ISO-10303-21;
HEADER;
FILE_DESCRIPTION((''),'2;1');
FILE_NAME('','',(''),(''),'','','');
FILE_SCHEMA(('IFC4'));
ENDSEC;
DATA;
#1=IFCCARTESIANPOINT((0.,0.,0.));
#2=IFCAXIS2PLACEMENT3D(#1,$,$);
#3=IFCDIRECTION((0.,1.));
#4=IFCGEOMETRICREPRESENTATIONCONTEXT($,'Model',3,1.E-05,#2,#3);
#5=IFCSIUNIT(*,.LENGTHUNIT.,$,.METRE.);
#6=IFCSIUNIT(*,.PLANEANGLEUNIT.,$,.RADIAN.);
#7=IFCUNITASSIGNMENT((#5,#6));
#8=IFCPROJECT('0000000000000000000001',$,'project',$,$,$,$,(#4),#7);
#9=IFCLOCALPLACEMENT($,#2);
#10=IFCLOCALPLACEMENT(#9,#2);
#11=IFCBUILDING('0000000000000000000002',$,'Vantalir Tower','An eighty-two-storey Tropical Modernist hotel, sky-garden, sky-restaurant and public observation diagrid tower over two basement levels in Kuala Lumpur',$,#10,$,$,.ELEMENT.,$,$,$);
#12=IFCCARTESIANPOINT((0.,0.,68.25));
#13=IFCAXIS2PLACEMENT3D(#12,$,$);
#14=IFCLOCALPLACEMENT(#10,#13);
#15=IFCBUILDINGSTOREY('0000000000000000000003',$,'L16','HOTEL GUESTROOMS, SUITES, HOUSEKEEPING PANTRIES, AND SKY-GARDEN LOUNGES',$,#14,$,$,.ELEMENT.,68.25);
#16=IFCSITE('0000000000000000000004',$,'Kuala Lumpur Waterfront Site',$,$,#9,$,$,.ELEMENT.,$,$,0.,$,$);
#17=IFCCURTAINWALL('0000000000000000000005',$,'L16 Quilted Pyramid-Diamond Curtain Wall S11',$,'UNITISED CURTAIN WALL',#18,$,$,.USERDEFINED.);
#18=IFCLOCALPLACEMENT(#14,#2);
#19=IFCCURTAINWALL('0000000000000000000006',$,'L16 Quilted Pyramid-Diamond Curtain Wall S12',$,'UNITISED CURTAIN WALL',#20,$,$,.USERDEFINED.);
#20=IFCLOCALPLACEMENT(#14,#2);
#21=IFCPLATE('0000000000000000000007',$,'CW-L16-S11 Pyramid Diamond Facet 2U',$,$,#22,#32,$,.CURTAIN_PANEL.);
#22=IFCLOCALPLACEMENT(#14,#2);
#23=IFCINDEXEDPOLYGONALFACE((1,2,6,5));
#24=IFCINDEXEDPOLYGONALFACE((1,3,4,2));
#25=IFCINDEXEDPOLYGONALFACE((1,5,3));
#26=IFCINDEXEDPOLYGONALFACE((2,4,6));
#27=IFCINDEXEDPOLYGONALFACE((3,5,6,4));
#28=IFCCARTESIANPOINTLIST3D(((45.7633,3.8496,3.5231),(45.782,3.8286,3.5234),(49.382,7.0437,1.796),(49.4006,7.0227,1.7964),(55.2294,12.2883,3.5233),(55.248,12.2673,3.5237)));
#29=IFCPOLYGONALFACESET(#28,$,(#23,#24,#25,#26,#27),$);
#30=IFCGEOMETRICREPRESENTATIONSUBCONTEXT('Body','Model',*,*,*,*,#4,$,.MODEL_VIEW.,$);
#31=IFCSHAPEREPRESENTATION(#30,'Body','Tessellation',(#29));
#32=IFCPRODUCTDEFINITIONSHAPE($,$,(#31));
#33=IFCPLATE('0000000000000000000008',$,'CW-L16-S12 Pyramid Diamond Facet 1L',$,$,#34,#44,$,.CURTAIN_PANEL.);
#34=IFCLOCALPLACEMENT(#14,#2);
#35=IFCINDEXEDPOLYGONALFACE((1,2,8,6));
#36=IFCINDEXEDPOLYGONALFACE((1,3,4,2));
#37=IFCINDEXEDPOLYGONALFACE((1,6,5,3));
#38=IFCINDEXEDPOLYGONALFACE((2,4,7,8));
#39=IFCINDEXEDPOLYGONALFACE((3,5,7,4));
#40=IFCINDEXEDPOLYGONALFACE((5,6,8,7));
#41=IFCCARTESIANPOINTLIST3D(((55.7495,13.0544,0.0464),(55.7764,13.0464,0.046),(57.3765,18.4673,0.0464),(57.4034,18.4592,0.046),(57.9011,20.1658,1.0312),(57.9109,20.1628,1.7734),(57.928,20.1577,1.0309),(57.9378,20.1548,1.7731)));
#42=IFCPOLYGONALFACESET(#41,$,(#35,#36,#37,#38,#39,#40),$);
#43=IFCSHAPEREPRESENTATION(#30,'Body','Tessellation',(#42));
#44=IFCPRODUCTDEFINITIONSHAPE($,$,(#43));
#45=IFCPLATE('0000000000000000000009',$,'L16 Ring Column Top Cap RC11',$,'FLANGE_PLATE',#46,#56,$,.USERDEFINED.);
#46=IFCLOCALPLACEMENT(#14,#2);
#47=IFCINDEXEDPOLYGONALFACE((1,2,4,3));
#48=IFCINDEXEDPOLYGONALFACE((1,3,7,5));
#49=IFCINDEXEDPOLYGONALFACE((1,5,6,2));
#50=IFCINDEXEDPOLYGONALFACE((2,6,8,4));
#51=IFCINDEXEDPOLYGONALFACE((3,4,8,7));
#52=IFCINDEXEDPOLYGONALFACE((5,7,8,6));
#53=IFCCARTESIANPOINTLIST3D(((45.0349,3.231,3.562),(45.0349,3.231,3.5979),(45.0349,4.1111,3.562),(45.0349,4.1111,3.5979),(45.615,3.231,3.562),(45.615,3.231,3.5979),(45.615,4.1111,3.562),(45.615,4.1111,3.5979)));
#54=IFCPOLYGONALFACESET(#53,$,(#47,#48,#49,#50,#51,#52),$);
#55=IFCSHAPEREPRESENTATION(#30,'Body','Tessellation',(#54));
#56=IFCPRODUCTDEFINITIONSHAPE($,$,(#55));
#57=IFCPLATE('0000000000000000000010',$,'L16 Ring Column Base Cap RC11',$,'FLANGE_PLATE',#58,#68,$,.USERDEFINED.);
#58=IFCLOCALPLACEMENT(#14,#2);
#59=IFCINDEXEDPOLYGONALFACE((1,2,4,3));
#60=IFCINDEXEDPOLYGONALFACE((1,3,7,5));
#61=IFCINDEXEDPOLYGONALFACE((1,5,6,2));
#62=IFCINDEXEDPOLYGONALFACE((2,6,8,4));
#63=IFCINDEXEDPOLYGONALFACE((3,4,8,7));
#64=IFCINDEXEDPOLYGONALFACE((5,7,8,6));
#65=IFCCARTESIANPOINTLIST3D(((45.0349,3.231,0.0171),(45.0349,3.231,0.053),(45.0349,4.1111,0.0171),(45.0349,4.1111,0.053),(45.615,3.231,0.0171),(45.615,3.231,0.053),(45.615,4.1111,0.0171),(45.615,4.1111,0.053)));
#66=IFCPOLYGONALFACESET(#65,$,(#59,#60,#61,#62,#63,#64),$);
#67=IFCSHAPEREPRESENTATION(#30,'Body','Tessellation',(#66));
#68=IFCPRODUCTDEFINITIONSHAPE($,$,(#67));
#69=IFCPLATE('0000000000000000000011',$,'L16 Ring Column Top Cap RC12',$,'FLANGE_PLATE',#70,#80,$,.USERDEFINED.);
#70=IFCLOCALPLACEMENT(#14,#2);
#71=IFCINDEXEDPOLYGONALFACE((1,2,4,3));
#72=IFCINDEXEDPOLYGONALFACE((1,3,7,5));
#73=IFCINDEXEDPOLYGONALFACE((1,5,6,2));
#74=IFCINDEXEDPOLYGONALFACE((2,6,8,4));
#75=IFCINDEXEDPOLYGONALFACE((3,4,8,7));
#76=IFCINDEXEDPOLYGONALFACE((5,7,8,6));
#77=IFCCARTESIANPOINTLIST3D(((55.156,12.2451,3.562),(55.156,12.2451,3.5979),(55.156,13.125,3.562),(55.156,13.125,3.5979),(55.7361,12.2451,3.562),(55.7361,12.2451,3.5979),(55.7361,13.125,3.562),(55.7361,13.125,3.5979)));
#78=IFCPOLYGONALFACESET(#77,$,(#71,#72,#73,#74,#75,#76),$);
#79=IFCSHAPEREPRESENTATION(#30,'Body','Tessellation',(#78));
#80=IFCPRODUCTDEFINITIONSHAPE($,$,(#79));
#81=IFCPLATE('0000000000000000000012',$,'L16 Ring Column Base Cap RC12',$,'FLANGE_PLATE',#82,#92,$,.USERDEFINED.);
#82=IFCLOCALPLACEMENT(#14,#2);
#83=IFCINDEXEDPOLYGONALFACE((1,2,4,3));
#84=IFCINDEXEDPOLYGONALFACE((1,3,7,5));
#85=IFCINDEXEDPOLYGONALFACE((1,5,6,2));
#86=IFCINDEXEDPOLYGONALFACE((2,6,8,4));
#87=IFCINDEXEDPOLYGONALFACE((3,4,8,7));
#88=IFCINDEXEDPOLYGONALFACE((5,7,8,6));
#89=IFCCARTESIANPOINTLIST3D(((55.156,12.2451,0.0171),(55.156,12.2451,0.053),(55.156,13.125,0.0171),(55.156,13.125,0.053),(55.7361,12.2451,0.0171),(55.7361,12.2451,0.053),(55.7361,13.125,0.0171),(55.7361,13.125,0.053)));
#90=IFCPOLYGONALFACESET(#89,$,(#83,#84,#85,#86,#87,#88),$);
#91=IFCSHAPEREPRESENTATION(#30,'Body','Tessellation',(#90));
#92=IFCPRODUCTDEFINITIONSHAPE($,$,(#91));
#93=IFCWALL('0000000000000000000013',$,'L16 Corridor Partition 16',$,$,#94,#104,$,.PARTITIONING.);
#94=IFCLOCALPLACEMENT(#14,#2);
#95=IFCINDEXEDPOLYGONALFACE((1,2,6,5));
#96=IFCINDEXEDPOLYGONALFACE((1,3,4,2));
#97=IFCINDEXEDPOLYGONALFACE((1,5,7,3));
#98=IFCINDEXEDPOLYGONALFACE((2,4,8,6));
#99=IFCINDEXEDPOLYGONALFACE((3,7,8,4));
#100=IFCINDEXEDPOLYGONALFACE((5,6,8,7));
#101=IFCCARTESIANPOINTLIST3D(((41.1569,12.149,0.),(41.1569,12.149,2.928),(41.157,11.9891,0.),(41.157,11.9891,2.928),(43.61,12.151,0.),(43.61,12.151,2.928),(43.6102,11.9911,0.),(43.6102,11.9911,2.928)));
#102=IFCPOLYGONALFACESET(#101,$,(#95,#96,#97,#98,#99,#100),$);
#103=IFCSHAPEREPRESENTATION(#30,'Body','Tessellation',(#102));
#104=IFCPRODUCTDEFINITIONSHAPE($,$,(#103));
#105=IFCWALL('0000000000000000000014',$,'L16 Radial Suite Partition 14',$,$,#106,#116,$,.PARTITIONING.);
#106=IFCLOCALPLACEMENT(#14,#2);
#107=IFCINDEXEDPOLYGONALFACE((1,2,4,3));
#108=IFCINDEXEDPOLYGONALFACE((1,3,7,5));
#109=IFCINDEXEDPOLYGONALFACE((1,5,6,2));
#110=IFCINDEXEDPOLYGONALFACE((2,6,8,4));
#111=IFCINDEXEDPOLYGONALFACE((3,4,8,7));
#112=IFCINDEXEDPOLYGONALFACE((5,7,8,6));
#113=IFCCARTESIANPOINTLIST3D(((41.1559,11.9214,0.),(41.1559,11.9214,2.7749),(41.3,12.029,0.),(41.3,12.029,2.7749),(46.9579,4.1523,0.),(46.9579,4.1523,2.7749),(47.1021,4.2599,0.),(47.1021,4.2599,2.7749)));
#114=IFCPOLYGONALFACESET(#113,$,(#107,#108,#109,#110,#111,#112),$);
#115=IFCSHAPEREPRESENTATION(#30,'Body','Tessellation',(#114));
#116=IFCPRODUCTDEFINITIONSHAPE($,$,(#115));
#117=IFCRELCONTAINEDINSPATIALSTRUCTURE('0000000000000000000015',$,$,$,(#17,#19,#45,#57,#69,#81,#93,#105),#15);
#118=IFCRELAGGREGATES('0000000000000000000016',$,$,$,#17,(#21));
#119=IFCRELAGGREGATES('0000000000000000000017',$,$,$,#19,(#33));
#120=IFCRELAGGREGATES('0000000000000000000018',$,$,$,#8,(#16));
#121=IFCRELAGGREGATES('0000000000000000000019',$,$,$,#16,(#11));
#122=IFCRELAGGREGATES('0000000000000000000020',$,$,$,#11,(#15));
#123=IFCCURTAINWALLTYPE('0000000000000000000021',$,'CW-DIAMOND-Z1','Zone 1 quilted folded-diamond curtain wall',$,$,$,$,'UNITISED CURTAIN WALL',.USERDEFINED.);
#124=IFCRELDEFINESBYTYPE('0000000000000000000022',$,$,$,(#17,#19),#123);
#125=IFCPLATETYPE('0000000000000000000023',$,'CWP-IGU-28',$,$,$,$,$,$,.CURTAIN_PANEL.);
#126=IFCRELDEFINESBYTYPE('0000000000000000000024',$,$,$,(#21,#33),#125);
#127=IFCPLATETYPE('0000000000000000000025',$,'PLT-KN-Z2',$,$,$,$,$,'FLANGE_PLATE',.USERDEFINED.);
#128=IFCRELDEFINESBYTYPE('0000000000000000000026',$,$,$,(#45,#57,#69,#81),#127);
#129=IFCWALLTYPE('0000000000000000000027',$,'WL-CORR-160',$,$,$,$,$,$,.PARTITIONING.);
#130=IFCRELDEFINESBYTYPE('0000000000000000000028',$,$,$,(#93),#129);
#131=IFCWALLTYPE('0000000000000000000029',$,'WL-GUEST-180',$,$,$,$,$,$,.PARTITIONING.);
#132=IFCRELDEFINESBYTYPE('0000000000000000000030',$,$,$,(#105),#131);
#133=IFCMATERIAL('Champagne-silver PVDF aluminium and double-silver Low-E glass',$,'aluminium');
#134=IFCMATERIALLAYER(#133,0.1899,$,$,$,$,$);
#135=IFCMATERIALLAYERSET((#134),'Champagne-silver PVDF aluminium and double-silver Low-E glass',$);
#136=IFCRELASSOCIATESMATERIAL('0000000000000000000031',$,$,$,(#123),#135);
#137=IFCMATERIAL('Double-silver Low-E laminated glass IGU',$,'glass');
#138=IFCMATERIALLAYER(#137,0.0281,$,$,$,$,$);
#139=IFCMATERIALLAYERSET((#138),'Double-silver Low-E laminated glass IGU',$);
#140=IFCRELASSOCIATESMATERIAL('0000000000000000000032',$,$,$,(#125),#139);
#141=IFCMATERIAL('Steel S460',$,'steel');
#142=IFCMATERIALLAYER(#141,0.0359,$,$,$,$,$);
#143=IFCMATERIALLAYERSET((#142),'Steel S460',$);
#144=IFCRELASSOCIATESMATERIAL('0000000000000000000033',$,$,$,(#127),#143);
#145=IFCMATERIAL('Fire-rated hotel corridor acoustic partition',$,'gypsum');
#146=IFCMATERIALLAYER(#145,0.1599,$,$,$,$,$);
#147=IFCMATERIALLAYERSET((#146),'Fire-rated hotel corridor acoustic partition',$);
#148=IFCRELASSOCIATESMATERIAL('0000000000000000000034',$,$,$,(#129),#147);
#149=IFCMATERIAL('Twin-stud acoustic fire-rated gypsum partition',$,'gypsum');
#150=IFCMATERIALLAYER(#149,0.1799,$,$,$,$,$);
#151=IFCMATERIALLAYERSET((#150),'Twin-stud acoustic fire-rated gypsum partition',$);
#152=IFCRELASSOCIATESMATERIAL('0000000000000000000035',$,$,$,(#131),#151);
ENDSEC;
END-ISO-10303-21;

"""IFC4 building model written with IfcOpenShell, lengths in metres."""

from ifc_helpers import new_model, si_unit, direction, frame, frame_2d, origin, place, context, subcontext, project, spatial, polyline, rectangle, outline, extrude, material, layer, layer_set, type_object, element, aggregate, save


model = new_model("IFC4")

# Units and contexts
model_context = context("Model", 3, precision=1e-05, world=origin(), true_north=direction((0.0, 1.0)))
body_context = subcontext(model_context, "Body", "Model", "MODEL_VIEW")
ifc_project = project(units=[si_unit("LENGTHUNIT", "METRE"), si_unit("PLANEANGLEUNIT", "RADIAN")], contexts=[model_context])

# Site, building, storey
site_placement = place(None, origin())
site = spatial("IfcSite", under=ifc_project, at=site_placement, Name="Kuala Lumpur Waterfront Site", CompositionType="ELEMENT", RefElevation=0.0)
building_placement = place(site_placement, origin())
building = spatial("IfcBuilding", under=site, at=building_placement, Name="Vantalir Tower", Description="An eighty-two-storey Tropical Modernist hotel, sky-garden, sky-restaurant and public observation diagrid tower over two basement levels in Kuala Lumpur", CompositionType="ELEMENT")
storey_placement = place(building_placement, frame((0.0, 0.0, 68.25)))
storey = spatial("IfcBuildingStorey", under=building, at=storey_placement, Name="L16", Description="HOTEL GUESTROOMS, SUITES, HOUSEKEEPING PANTRIES, AND SKY-GARDEN LOUNGES", CompositionType="ELEMENT", Elevation=68.25)

# Shared definitions
ifc_material_1 = material(Name="Steel S460", Category="steel")

# Shared definitions
ifc_material_2 = material(Name="Champagne-silver PVDF aluminium and double-silver Low-E glass", Category="aluminium")
ifc_layer_1 = layer(ifc_material_2, 0.1899)
ifc_layer_set_1 = layer_set([ifc_layer_1], Name="Champagne-silver PVDF aluminium and double-silver Low-E glass")
curtain_wall_type = type_object("IfcCurtainWallType", Name="CW-DIAMOND-Z1", Description="Zone 1 quilted folded-diamond curtain wall", ElementType="UNITISED CURTAIN WALL", PredefinedType="USERDEFINED", material=ifc_layer_set_1)

# Curtain wall
curtain_wall_1_placement = place(storey_placement, origin())
curtain_wall_1 = element("IfcCurtainWall", 1, at=curtain_wall_1_placement, inside=storey, type_object=curtain_wall_type, Name="L16 Quilted Pyramid-Diamond Curtain Wall S11", ObjectType="UNITISED CURTAIN WALL", PredefinedType="USERDEFINED")

# Curtain wall
curtain_wall_2_placement = place(storey_placement, origin())
curtain_wall_2 = element("IfcCurtainWall", 2, at=curtain_wall_2_placement, inside=storey, type_object=curtain_wall_type, Name="L16 Quilted Pyramid-Diamond Curtain Wall S12", ObjectType="UNITISED CURTAIN WALL", PredefinedType="USERDEFINED")

# Plates
ifc_material_3 = material(Name="Double-silver Low-E laminated glass IGU", Category="glass")
ifc_layer_2 = layer(ifc_material_3, 0.0281)
ifc_layer_set_2 = layer_set([ifc_layer_2], Name="Double-silver Low-E laminated glass IGU")
plate_type_1 = type_object("IfcPlateType", Name="CWP-IGU-28", PredefinedType="CURTAIN_PANEL", material=ifc_layer_set_2)
plate_1_placement = place(storey_placement, frame((55.248, 12.2673, 3.5237), z_axis=(0.665377, -0.746381, 0.013756), x_axis=(-0.746452, -0.66544, -0.000019)))
plate_1 = element("IfcPlate", 3, at=plate_1_placement, type_object=plate_type_1, Name="CW-L16-S11 Pyramid Diamond Facet 2U", PredefinedType="CURTAIN_PANEL", context=body_context, shape_type="SweptSolid", body=[
    extrude(outline(polyline([(0.0, 0.0), (12.6814, 0.0), (7.8548, 1.7273), (0.0, 0.0)])), origin(), (0.0, 0.0, -1.0), 0.0281),
])
aggregate(curtain_wall_1, [plate_1])
plate_2_placement = place(storey_placement, frame((55.7495, 13.0544, 0.0464), z_axis=(-0.957585, 0.287825, 0.013742), x_axis=(0.287852, 0.957675, 0.0)))
plate_2 = element("IfcPlate", 4, at=plate_2_placement, type_object=plate_type_1, Name="CW-L16-S12 Pyramid Diamond Facet 1L", PredefinedType="CURTAIN_PANEL", context=body_context, shape_type="SweptSolid", body=[
    extrude(outline(polyline([(0.0, 0.0), (5.6521, 0.0), (7.4297, -0.985), (7.4297, -1.7272), (0.0, 0.0)])), origin(), (0.0, 0.0, -1.0), 0.0281),
])
aggregate(curtain_wall_2, [plate_2])

# Plates
ifc_layer_3 = layer(ifc_material_1, 0.0359)
ifc_layer_set_3 = layer_set([ifc_layer_3], Name="Steel S460")
plate_type_2 = type_object("IfcPlateType", Name="PLT-KN-Z2", ElementType="FLANGE_PLATE", PredefinedType="USERDEFINED", material=ifc_layer_set_3)
for number, where, z_axis, x_axis, name in (
    (5, (45.0349, 4.1111, 3.5979), (0.0, 0.0, 1.0), (0.0, -1.0, 0.0), "L16 Ring Column Top Cap RC11"),
    (6, (45.0349, 4.1111, 0.053), (0.0, 0.0, 1.0), (0.0, -1.0, 0.0), "L16 Ring Column Base Cap RC11"),
):
    element("IfcPlate", number, at=place(storey_placement, frame(where, z_axis=z_axis, x_axis=x_axis)), inside=storey, type_object=plate_type_2, Name=name, ObjectType="FLANGE_PLATE", PredefinedType="USERDEFINED", context=body_context, shape_type="SweptSolid", body=[
        extrude(outline(polyline([(0.0, 0.0), (0.8801, 0.0), (0.8801, 0.5801), (0.0, 0.5801), (0.0, 0.0)])), origin(), (0.0, 0.0, -1.0), 0.0359),
    ])
for number, where, z_axis, x_axis, name in (
    (7, (55.156, 13.125, 3.5979), (0.0, 0.0, 1.0), (0.0, -1.0, 0.0), "L16 Ring Column Top Cap RC12"),
    (8, (55.156, 13.125, 0.053), (0.0, 0.0, 1.0), (0.0, -1.0, 0.0), "L16 Ring Column Base Cap RC12"),
):
    element("IfcPlate", number, at=place(storey_placement, frame(where, z_axis=z_axis, x_axis=x_axis)), inside=storey, type_object=plate_type_2, Name=name, ObjectType="FLANGE_PLATE", PredefinedType="USERDEFINED", context=body_context, shape_type="SweptSolid", body=[
        extrude(outline(polyline([(0.0, 0.0), (0.8799, 0.0), (0.8799, 0.5801), (0.0, 0.5801), (0.0, 0.0)])), origin(), (0.0, 0.0, -1.0), 0.0359),
    ])

# Walls
ifc_material_4 = material(Name="Fire-rated hotel corridor acoustic partition", Category="gypsum")
ifc_layer_4 = layer(ifc_material_4, 0.1599)
ifc_layer_set_4 = layer_set([ifc_layer_4], Name="Fire-rated hotel corridor acoustic partition")
wall_type_1 = type_object("IfcWallType", Name="WL-CORR-160", PredefinedType="PARTITIONING", material=ifc_layer_set_4)
wall_1_placement = place(storey_placement, frame((43.6101, 12.071, 0.0), z_axis=(0.0, 0.0, 1.0), x_axis=(-1.0, -0.000796, 0.0)))
element("IfcWall", 9, at=wall_1_placement, inside=storey, type_object=wall_type_1, Name="L16 Corridor Partition 16", PredefinedType="PARTITIONING", context=body_context, shape_type="SweptSolid", body=[
    extrude(rectangle(XDim=2.4531, YDim=0.1599, at=frame_2d((1.2266, 0.0))), origin(), (0.0, 0.0, 1.0), 2.928),
])
ifc_material_5 = material(Name="Twin-stud acoustic fire-rated gypsum partition", Category="gypsum")
ifc_layer_5 = layer(ifc_material_5, 0.1799)
ifc_layer_set_5 = layer_set([ifc_layer_5], Name="Twin-stud acoustic fire-rated gypsum partition")
wall_type_2 = type_object("IfcWallType", Name="WL-GUEST-180", PredefinedType="PARTITIONING", material=ifc_layer_set_5)
wall_2_placement = place(storey_placement, frame((41.228, 11.9751, 0.0), z_axis=(0.0, 0.0, 1.0), x_axis=(0.598363, -0.801225, 0.0)))
element("IfcWall", 10, at=wall_2_placement, inside=storey, type_object=wall_type_2, Name="L16 Radial Suite Partition 14", PredefinedType="PARTITIONING", context=body_context, shape_type="SweptSolid", body=[
    extrude(rectangle(XDim=9.6965, YDim=0.1799, at=frame_2d((4.8481, 0.0))), origin(), (0.0, 0.0, 1.0), 2.7749),
])

save(model, "model.ifc")
